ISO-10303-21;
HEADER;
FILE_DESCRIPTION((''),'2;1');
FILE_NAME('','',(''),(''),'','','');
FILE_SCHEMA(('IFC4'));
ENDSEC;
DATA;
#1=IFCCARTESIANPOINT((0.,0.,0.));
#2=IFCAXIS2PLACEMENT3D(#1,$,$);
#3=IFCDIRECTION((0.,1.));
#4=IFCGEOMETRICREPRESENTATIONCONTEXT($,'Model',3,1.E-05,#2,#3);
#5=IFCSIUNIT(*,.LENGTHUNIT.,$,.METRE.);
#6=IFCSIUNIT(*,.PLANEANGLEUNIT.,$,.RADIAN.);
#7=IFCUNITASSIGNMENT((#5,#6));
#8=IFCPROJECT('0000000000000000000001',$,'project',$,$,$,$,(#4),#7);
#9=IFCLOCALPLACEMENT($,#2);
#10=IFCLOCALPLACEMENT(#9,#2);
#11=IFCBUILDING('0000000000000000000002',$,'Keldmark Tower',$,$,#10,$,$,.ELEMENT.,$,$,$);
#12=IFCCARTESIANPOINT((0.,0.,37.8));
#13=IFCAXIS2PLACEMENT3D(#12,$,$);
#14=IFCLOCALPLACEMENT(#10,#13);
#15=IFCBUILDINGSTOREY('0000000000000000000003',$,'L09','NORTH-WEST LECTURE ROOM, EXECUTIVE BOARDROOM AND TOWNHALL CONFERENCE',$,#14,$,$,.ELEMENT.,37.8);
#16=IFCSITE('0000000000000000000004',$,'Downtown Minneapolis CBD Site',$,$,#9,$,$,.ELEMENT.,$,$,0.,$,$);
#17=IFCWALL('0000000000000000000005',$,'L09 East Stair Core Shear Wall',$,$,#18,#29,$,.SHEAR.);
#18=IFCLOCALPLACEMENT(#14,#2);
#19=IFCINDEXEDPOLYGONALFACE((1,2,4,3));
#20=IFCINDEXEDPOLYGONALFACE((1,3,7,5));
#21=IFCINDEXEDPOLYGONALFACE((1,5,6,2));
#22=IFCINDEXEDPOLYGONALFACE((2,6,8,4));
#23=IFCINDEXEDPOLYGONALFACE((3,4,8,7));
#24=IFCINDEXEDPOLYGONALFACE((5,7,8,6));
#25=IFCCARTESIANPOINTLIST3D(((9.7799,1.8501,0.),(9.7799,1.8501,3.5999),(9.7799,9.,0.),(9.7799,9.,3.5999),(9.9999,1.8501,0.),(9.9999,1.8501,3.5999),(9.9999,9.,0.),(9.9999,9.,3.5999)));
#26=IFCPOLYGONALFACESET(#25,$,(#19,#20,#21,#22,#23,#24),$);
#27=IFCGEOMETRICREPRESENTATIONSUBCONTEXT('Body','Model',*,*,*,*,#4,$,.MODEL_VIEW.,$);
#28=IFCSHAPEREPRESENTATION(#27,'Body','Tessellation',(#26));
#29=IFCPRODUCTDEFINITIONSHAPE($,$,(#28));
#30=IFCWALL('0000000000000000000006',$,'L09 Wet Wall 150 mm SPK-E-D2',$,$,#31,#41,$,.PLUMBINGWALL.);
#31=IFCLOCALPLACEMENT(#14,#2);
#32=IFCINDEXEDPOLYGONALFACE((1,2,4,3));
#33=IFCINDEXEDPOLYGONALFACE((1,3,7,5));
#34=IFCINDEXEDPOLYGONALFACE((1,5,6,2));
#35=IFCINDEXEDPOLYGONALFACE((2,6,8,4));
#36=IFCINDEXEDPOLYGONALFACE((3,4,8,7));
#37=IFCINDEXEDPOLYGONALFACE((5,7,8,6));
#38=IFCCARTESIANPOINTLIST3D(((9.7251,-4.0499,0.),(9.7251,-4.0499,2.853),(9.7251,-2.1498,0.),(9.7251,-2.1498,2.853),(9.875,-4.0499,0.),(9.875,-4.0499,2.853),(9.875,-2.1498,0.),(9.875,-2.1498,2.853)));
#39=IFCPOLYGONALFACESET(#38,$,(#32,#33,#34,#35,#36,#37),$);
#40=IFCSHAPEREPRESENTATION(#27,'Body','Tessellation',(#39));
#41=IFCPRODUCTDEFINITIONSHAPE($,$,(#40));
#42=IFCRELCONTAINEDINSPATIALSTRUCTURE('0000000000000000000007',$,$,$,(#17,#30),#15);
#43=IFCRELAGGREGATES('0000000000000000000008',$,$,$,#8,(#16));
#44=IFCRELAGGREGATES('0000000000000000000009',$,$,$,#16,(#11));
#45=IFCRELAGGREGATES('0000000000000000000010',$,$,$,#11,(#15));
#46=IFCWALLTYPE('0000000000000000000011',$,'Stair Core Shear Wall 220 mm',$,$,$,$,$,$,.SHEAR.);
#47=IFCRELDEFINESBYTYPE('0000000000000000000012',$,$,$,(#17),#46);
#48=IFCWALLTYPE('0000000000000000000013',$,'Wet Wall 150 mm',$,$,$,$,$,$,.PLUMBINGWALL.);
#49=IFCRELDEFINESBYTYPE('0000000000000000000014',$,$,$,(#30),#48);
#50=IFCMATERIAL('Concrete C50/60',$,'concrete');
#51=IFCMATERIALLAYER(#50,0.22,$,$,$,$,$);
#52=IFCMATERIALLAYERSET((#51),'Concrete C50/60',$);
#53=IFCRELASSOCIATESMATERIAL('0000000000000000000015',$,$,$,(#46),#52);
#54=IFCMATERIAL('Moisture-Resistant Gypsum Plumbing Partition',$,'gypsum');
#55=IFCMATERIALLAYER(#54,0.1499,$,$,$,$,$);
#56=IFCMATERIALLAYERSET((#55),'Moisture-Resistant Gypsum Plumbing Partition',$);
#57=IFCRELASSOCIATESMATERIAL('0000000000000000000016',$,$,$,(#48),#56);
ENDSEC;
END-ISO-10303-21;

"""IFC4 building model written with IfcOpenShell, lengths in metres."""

from ifc_helpers import new_model, si_unit, direction, frame, frame_2d, origin, place, context, subcontext, project, spatial, rectangle, extrude, material, layer, layer_set, type_object, element, save


model = new_model("IFC4")

# Units and contexts
model_context = context("Model", 3, precision=1e-05, world=origin(), true_north=direction((0.0, 1.0)))
body_context = subcontext(model_context, "Body", "Model", "MODEL_VIEW")
ifc_project = project(units=[si_unit("LENGTHUNIT", "METRE"), si_unit("PLANEANGLEUNIT", "RADIAN")], contexts=[model_context])

# Site, building, storey
site_placement = place(None, origin())
site = spatial("IfcSite", under=ifc_project, at=site_placement, Name="Downtown Minneapolis CBD Site", CompositionType="ELEMENT", RefElevation=0.0)
building_placement = place(site_placement, origin())
building = spatial("IfcBuilding", under=site, at=building_placement, Name="Keldmark Tower", CompositionType="ELEMENT")
storey_placement = place(building_placement, frame((0.0, 0.0, 37.8)))
storey = spatial("IfcBuildingStorey", under=building, at=storey_placement, Name="L09", Description="NORTH-WEST LECTURE ROOM, EXECUTIVE BOARDROOM AND TOWNHALL CONFERENCE", CompositionType="ELEMENT", Elevation=37.8)

# Walls
ifc_material_1 = material(Name="Concrete C50/60", Category="concrete")
ifc_layer_1 = layer(ifc_material_1, 0.22)
ifc_layer_set_1 = layer_set([ifc_layer_1], Name="Concrete C50/60")
wall_type_1 = type_object("IfcWallType", Name="Stair Core Shear Wall 220 mm", PredefinedType="SHEAR", material=ifc_layer_set_1)
wall_1_placement = place(storey_placement, frame((9.8899, 1.8501, 0.0), z_axis=(0.0, 0.0, 1.0), x_axis=(0.0, 1.0, 0.0)))
element("IfcWall", 1, at=wall_1_placement, inside=storey, type_object=wall_type_1, Name="L09 East Stair Core Shear Wall", PredefinedType="SHEAR", context=body_context, shape_type="SweptSolid", body=[
    extrude(rectangle(XDim=7.1499, YDim=0.22, at=frame_2d((3.575, 0.0))), origin(), (0.0, 0.0, 1.0), 3.5999),
])
ifc_material_2 = material(Name="Moisture-Resistant Gypsum Plumbing Partition", Category="gypsum")
ifc_layer_2 = layer(ifc_material_2, 0.1499)
ifc_layer_set_2 = layer_set([ifc_layer_2], Name="Moisture-Resistant Gypsum Plumbing Partition")
wall_type_2 = type_object("IfcWallType", Name="Wet Wall 150 mm", PredefinedType="PLUMBINGWALL", material=ifc_layer_set_2)
wall_2_placement = place(storey_placement, frame((9.8, -4.05, 0.0), z_axis=(0.0, 0.0, 1.0), x_axis=(0.0, 1.0, 0.0)))
element("IfcWall", 2, at=wall_2_placement, inside=storey, type_object=wall_type_2, Name="L09 Wet Wall 150 mm SPK-E-D2", PredefinedType="PLUMBINGWALL", context=body_context, shape_type="SweptSolid", body=[
    extrude(rectangle(XDim=1.9001, YDim=0.1499, at=frame_2d((0.9502, 0.0))), origin(), (0.0, 0.0, 1.0), 2.853),
])

save(model, "model.ifc")
